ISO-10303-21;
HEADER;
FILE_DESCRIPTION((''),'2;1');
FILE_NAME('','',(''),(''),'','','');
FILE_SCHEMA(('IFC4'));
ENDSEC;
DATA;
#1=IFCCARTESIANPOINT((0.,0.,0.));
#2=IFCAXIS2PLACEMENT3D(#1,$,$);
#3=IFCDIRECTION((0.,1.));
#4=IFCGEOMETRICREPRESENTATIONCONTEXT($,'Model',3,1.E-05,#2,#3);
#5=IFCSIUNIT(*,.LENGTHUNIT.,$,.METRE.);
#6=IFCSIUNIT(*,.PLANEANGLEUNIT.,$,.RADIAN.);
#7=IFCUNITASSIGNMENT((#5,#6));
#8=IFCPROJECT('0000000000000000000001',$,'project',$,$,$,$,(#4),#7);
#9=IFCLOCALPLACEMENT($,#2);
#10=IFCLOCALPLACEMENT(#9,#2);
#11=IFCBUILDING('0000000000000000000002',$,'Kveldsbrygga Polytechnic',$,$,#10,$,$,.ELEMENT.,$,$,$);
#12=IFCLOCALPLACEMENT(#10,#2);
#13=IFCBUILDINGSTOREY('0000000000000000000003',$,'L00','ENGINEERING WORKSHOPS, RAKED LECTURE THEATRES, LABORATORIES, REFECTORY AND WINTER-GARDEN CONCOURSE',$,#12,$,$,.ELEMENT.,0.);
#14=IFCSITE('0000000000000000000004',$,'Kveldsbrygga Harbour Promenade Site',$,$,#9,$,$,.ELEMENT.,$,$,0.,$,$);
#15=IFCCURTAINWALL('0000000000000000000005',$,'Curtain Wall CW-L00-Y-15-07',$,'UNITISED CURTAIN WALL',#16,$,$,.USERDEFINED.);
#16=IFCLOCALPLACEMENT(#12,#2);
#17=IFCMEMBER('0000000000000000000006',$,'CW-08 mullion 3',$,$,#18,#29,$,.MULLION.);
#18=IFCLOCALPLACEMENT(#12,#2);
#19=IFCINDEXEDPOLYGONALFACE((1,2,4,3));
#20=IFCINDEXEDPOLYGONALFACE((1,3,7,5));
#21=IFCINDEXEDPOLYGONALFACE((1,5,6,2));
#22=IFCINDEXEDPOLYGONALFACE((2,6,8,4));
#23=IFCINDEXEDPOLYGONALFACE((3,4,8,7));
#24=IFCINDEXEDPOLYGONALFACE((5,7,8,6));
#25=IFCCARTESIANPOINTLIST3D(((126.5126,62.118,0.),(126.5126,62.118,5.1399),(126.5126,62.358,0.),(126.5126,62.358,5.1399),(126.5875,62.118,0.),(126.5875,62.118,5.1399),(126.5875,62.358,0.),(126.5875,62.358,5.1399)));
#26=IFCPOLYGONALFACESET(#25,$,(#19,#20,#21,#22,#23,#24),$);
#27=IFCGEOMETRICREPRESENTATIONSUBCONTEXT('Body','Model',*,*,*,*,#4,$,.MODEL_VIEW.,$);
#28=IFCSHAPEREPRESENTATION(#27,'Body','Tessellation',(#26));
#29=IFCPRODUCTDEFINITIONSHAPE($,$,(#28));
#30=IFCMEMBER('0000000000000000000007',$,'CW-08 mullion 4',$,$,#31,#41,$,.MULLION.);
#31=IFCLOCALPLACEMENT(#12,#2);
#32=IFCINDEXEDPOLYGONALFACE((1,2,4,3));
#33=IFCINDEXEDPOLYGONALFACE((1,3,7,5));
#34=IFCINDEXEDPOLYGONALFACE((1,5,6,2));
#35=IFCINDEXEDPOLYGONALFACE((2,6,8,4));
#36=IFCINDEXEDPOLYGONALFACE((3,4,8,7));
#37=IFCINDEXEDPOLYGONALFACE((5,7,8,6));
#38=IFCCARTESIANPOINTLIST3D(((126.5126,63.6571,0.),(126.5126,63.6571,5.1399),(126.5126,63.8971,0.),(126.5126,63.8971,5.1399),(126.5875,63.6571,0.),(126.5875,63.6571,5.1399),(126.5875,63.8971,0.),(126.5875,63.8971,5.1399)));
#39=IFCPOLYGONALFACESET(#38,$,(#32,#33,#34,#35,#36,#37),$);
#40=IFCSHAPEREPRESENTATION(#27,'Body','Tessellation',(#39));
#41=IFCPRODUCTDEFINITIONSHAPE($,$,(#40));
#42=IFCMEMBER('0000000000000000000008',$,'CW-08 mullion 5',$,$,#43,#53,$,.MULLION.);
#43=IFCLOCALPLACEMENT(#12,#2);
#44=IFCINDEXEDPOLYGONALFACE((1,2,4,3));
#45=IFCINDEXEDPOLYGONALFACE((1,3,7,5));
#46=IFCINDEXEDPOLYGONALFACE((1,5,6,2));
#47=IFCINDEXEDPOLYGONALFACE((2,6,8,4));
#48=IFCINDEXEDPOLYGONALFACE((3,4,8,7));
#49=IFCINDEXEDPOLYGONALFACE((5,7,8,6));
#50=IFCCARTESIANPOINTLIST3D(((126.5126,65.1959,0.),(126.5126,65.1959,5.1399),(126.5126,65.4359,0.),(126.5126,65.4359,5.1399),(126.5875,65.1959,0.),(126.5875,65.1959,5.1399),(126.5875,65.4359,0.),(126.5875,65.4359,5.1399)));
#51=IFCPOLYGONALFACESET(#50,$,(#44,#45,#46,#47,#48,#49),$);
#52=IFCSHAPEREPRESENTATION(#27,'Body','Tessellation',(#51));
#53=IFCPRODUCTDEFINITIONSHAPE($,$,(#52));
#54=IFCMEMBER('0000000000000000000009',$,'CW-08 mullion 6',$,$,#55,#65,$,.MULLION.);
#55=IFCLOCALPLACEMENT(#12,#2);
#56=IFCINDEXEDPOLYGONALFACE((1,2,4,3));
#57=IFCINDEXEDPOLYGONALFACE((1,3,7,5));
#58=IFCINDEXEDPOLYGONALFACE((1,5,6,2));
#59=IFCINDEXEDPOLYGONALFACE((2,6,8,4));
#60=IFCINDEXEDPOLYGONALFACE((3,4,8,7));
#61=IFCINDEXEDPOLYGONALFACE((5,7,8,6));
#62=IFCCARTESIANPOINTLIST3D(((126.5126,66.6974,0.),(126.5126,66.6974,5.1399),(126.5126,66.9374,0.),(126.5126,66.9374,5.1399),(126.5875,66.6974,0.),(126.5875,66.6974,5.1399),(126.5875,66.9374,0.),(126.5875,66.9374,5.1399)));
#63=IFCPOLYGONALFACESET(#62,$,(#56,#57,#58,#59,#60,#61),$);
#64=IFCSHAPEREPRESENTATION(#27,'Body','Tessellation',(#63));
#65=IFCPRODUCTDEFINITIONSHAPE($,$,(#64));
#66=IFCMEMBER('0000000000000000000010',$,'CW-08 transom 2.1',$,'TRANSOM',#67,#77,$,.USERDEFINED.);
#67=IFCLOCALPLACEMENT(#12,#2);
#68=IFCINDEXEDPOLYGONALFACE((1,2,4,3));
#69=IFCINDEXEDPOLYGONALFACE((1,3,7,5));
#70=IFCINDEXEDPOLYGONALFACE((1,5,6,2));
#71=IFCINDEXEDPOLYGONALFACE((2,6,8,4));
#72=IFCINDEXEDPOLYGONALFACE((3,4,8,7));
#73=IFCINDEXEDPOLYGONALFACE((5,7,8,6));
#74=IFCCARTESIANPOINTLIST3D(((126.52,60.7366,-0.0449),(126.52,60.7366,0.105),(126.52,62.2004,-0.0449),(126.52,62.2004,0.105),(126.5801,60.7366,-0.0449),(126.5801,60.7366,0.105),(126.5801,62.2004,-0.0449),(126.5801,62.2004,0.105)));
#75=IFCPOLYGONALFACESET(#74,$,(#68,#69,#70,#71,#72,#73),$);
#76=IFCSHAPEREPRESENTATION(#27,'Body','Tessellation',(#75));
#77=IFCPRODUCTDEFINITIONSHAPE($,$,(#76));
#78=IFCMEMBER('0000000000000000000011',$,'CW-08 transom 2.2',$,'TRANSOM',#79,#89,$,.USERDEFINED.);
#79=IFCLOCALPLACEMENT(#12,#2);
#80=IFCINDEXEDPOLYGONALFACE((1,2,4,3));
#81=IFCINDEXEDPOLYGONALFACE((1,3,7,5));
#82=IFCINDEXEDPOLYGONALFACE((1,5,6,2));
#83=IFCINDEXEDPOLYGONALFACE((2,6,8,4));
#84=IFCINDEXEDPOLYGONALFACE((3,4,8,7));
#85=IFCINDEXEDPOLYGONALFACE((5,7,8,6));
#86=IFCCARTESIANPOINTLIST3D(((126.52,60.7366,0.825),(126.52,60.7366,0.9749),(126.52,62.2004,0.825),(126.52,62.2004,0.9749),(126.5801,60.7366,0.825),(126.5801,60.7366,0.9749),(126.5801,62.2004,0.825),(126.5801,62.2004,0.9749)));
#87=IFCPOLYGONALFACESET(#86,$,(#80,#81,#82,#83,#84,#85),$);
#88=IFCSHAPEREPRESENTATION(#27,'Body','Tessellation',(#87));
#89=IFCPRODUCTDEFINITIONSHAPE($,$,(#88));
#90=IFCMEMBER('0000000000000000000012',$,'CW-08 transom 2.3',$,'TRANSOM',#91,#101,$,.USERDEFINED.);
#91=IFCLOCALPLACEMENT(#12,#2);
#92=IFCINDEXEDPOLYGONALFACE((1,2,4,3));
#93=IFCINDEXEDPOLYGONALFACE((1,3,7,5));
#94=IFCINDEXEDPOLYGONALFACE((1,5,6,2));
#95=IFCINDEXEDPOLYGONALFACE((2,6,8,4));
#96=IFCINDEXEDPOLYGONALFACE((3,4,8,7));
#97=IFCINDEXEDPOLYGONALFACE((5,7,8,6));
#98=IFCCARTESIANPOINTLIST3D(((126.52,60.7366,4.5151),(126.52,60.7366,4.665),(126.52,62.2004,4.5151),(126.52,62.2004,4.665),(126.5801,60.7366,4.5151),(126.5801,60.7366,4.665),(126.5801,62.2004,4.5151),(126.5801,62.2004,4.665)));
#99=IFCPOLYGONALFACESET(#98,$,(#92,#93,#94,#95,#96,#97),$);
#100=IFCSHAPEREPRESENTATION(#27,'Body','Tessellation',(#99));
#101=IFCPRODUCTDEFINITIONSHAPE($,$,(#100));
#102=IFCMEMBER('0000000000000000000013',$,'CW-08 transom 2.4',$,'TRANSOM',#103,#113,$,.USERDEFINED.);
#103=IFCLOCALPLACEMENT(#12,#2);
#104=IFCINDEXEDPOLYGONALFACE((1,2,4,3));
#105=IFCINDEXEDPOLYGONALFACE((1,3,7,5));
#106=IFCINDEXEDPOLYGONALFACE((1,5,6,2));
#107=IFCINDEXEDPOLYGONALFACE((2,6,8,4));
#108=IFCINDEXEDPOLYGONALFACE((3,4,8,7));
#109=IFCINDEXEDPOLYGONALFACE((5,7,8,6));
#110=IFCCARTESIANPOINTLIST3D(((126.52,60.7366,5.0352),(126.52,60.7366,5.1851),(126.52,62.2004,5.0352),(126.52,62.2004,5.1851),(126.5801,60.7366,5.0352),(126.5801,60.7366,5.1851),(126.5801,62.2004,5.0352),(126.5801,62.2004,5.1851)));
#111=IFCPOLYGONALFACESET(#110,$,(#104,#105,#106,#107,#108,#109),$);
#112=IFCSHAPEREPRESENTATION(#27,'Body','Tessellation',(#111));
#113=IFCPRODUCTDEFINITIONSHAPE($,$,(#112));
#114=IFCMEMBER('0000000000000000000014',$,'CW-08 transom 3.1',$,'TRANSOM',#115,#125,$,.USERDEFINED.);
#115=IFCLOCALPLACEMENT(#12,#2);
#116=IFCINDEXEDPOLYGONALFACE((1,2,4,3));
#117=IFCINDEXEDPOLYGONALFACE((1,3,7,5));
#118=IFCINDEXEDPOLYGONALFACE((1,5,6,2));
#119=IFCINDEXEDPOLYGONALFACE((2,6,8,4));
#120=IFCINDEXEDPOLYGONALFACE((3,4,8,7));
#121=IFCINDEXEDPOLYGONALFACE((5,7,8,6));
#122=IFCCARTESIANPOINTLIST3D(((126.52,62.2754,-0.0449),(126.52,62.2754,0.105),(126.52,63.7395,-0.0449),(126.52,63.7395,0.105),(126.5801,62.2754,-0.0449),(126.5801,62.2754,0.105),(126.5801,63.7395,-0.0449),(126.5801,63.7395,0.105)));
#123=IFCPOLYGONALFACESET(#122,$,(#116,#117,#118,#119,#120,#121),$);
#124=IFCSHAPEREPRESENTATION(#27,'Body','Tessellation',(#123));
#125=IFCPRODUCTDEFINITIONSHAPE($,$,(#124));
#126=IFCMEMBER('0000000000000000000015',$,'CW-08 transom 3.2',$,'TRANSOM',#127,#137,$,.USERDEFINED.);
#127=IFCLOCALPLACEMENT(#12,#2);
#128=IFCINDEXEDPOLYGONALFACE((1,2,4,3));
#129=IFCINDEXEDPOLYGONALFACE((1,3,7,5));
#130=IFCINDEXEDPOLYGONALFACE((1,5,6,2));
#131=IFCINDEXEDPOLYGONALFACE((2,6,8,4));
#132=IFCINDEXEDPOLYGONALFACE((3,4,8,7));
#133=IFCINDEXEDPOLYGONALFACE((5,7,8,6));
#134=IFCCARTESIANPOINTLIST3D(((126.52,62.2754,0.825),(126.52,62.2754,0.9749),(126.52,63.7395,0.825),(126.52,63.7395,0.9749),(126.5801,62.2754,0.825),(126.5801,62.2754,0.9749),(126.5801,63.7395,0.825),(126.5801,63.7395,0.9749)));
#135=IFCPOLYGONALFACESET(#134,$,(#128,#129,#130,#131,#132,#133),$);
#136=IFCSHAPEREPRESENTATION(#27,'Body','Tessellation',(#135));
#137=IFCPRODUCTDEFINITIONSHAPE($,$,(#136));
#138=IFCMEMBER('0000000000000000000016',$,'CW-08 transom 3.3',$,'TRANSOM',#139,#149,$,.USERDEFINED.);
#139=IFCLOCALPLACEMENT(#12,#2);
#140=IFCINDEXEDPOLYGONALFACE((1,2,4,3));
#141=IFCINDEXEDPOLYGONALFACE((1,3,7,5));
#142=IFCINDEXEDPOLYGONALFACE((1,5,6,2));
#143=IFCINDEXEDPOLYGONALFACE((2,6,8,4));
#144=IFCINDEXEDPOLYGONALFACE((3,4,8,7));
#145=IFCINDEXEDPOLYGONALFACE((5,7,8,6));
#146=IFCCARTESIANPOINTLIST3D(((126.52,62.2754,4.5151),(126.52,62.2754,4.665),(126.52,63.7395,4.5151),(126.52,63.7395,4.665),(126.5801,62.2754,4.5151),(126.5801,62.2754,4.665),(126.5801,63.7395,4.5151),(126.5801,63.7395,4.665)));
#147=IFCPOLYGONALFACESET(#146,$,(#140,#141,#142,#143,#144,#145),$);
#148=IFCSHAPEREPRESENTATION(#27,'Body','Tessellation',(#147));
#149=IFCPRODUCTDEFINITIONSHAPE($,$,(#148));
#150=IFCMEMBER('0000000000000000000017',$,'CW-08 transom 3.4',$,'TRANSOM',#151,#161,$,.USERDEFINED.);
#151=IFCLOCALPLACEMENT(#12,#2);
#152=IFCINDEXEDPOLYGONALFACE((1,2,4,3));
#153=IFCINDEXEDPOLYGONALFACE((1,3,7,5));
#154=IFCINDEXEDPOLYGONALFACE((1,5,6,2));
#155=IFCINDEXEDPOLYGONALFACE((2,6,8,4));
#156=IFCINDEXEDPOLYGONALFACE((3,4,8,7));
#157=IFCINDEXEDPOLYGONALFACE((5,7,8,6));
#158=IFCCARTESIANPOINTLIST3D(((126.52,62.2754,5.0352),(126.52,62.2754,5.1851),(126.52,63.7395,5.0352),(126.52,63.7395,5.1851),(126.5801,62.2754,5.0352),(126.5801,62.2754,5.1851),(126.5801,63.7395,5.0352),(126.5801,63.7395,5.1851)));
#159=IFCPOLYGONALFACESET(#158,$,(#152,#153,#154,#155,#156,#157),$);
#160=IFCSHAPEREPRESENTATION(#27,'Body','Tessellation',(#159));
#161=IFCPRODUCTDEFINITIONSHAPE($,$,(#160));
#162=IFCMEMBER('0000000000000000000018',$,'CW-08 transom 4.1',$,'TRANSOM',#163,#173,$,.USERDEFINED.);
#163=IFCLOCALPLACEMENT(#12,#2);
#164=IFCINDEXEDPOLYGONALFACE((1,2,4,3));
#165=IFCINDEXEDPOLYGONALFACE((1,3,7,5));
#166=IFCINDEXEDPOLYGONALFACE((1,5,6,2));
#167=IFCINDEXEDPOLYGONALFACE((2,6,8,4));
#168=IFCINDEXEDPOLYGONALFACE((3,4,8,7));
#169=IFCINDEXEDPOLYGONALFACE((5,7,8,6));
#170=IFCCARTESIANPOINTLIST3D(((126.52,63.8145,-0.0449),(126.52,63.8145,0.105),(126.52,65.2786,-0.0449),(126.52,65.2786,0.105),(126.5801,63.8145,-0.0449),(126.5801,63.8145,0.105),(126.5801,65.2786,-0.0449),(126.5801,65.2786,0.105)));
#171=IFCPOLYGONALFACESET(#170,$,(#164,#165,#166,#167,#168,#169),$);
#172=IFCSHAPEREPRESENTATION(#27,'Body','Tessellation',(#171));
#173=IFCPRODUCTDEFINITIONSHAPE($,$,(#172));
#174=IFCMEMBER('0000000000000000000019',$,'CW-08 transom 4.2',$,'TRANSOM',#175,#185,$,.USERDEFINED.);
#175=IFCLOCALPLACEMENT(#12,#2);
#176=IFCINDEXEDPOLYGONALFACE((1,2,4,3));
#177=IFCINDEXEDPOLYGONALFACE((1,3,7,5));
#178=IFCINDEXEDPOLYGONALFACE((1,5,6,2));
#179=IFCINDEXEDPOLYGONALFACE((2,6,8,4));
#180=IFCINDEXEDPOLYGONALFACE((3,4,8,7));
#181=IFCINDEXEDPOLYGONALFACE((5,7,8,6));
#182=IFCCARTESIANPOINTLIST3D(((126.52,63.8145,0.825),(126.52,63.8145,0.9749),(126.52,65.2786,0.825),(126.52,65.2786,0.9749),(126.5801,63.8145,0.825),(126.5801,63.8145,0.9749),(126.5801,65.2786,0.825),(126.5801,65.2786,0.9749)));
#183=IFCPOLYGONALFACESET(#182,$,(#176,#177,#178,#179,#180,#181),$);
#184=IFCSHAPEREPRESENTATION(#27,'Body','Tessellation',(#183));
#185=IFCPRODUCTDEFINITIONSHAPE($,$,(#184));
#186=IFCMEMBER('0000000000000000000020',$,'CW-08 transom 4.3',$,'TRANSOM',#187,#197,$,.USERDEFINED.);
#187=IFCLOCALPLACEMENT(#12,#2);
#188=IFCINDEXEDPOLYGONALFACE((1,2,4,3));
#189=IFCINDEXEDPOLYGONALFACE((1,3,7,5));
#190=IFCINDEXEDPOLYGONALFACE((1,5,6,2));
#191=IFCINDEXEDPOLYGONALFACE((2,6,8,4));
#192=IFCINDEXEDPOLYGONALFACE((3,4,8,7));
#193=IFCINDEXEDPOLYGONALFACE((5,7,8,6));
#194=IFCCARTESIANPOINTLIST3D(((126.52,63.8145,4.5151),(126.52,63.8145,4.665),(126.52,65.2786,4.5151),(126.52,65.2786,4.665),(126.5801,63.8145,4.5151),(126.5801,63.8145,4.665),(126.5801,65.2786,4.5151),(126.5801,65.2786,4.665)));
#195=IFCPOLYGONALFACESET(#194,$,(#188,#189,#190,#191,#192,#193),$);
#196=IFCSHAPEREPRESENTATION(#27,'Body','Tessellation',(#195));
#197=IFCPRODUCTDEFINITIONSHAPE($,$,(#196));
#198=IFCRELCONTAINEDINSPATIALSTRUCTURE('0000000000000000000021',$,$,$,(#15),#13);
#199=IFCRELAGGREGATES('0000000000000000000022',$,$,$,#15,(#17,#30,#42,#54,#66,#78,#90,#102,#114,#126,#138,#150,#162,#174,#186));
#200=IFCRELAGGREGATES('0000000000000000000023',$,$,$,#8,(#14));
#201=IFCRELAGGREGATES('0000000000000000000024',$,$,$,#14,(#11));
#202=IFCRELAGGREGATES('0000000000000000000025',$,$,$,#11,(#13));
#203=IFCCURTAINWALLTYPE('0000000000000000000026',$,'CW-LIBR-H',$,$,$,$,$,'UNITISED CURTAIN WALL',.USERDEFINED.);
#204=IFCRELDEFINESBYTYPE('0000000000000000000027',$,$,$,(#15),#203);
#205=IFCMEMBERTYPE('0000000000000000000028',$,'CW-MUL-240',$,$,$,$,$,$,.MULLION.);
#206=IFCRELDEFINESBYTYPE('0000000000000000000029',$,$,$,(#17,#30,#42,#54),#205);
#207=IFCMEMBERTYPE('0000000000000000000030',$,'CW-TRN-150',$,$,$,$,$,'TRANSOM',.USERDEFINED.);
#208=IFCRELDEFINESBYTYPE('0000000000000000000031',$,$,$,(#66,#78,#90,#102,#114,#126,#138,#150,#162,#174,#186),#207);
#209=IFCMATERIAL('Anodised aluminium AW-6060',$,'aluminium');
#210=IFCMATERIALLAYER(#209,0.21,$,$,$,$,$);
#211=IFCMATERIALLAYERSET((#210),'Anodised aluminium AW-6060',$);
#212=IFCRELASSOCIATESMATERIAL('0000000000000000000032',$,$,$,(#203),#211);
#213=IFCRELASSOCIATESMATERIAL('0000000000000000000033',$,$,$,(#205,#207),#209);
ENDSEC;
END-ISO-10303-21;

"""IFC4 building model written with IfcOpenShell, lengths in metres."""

from ifc_helpers import new_model, si_unit, direction, frame, origin, origin_2d, place, context, subcontext, project, spatial, rectangle, extrude, material, layer, layer_set, material_profile, profile_set, type_object, element, aggregate, save


model = new_model("IFC4")

# Units and contexts
model_context = context("Model", 3, precision=1e-05, world=origin(), true_north=direction((0.0, 1.0)))
body_context = subcontext(model_context, "Body", "Model", "MODEL_VIEW")
ifc_project = project(units=[si_unit("LENGTHUNIT", "METRE"), si_unit("PLANEANGLEUNIT", "RADIAN")], contexts=[model_context])

# Site, building, storey
site_placement = place(None, origin())
site = spatial("IfcSite", under=ifc_project, at=site_placement, Name="Kveldsbrygga Harbour Promenade Site", CompositionType="ELEMENT", RefElevation=0.0)
building_placement = place(site_placement, origin())
building = spatial("IfcBuilding", under=site, at=building_placement, Name="Kveldsbrygga Polytechnic", CompositionType="ELEMENT")
storey_placement = place(building_placement, origin())
storey = spatial("IfcBuildingStorey", under=building, at=storey_placement, Name="L00", Description="ENGINEERING WORKSHOPS, RAKED LECTURE THEATRES, LABORATORIES, REFECTORY AND WINTER-GARDEN CONCOURSE", CompositionType="ELEMENT", Elevation=0.0)

# Curtain wall, members
ifc_material_1 = material(Name="Anodised aluminium AW-6060", Category="aluminium")
ifc_layer_1 = layer(ifc_material_1, 0.21)
ifc_layer_set_1 = layer_set([ifc_layer_1], Name="Anodised aluminium AW-6060")
curtain_wall_type = type_object("IfcCurtainWallType", Name="CW-LIBR-H", ElementType="UNITISED CURTAIN WALL", PredefinedType="USERDEFINED", material=ifc_layer_set_1)
curtain_wall_placement = place(storey_placement, origin())
curtain_wall = element("IfcCurtainWall", 1, at=curtain_wall_placement, inside=storey, type_object=curtain_wall_type, Name="Curtain Wall CW-L00-Y-15-07", ObjectType="UNITISED CURTAIN WALL", PredefinedType="USERDEFINED")
ifc_material_profile_1 = material_profile(ifc_material_1, rectangle(XDim=0.075, YDim=0.24, at=origin_2d()), Name="ALU 75x240")
ifc_profile_set_1 = profile_set([ifc_material_profile_1], Name="Anodised aluminium AW-6060")
member_type_1 = type_object("IfcMemberType", Name="CW-MUL-240", PredefinedType="MULLION", material=ifc_profile_set_1)
member_1_placement = place(storey_placement, frame((126.55, 62.238, 0.0), z_axis=(0.0, 0.0, 1.0), x_axis=(-1.0, 0.0, 0.0)))
member_1 = element("IfcMember", 2, at=member_1_placement, type_object=member_type_1, Name="CW-08 mullion 3", PredefinedType="MULLION", context=body_context, shape_type="SweptSolid", body=[
    extrude(rectangle(XDim=0.075, YDim=0.24, at=origin_2d()), origin(), (0.0, 0.0, 1.0), 5.1399),
])
member_2_placement = place(storey_placement, frame((126.55, 63.7771, 0.0), z_axis=(0.0, 0.0, 1.0), x_axis=(-1.0, 0.0, 0.0)))
member_2 = element("IfcMember", 3, at=member_2_placement, type_object=member_type_1, Name="CW-08 mullion 4", PredefinedType="MULLION", context=body_context, shape_type="SweptSolid", body=[
    extrude(rectangle(XDim=0.075, YDim=0.24, at=origin_2d()), origin(), (0.0, 0.0, 1.0), 5.1399),
])
member_3_placement = place(storey_placement, frame((126.55, 65.3159, 0.0), z_axis=(0.0, 0.0, 1.0), x_axis=(-1.0, 0.0, 0.0)))
member_3 = element("IfcMember", 4, at=member_3_placement, type_object=member_type_1, Name="CW-08 mullion 5", PredefinedType="MULLION", context=body_context, shape_type="SweptSolid", body=[
    extrude(rectangle(XDim=0.075, YDim=0.24, at=origin_2d()), origin(), (0.0, 0.0, 1.0), 5.1399),
])
member_4_placement = place(storey_placement, frame((126.55, 66.8174, 0.0), z_axis=(0.0, 0.0, 1.0), x_axis=(-1.0, 0.0, 0.0)))
member_4 = element("IfcMember", 5, at=member_4_placement, type_object=member_type_1, Name="CW-08 mullion 6", PredefinedType="MULLION", context=body_context, shape_type="SweptSolid", body=[
    extrude(rectangle(XDim=0.075, YDim=0.24, at=origin_2d()), origin(), (0.0, 0.0, 1.0), 5.1399),
])
ifc_material_profile_2 = material_profile(ifc_material_1, rectangle(XDim=0.0601, YDim=0.1499, at=origin_2d()), Name="ALU 60x150")
ifc_profile_set_2 = profile_set([ifc_material_profile_2], Name="Anodised aluminium AW-6060")
member_type_2 = type_object("IfcMemberType", Name="CW-TRN-150", ElementType="TRANSOM", PredefinedType="USERDEFINED", material=ifc_profile_set_2)
member_5_placement = place(storey_placement, frame((126.55, 60.7366, 0.03), z_axis=(0.0, 1.0, 0.0), x_axis=(-1.0, 0.0, 0.0)))
member_5 = element("IfcMember", 6, at=member_5_placement, type_object=member_type_2, Name="CW-08 transom 2.1", ObjectType="TRANSOM", PredefinedType="USERDEFINED", context=body_context, shape_type="SweptSolid", body=[
    extrude(rectangle(XDim=0.0601, YDim=0.1499, at=origin_2d()), origin(), (0.0, 0.0, 1.0), 1.4639),
])
member_6_placement = place(storey_placement, frame((126.55, 60.7366, 0.8999), z_axis=(0.0, 1.0, 0.0), x_axis=(-1.0, 0.0, 0.0)))
member_6 = element("IfcMember", 7, at=member_6_placement, type_object=member_type_2, Name="CW-08 transom 2.2", ObjectType="TRANSOM", PredefinedType="USERDEFINED", context=body_context, shape_type="SweptSolid", body=[
    extrude(rectangle(XDim=0.0601, YDim=0.1499, at=origin_2d()), origin(), (0.0, 0.0, 1.0), 1.4639),
])
member_7_placement = place(storey_placement, frame((126.55, 60.7366, 4.5901), z_axis=(0.0, 1.0, 0.0), x_axis=(-1.0, 0.0, 0.0)))
member_7 = element("IfcMember", 8, at=member_7_placement, type_object=member_type_2, Name="CW-08 transom 2.3", ObjectType="TRANSOM", PredefinedType="USERDEFINED", context=body_context, shape_type="SweptSolid", body=[
    extrude(rectangle(XDim=0.0601, YDim=0.1499, at=origin_2d()), origin(), (0.0, 0.0, 1.0), 1.4639),
])
member_8_placement = place(storey_placement, frame((126.55, 60.7366, 5.1101), z_axis=(0.0, 1.0, 0.0), x_axis=(-1.0, 0.0, 0.0)))
member_8 = element("IfcMember", 9, at=member_8_placement, type_object=member_type_2, Name="CW-08 transom 2.4", ObjectType="TRANSOM", PredefinedType="USERDEFINED", context=body_context, shape_type="SweptSolid", body=[
    extrude(rectangle(XDim=0.0601, YDim=0.1499, at=origin_2d()), origin(), (0.0, 0.0, 1.0), 1.4639),
])
member_9_placement = place(storey_placement, frame((126.55, 62.2754, 0.03), z_axis=(0.0, 1.0, 0.0), x_axis=(-1.0, 0.0, 0.0)))
member_9 = element("IfcMember", 10, at=member_9_placement, type_object=member_type_2, Name="CW-08 transom 3.1", ObjectType="TRANSOM", PredefinedType="USERDEFINED", context=body_context, shape_type="SweptSolid", body=[
    extrude(rectangle(XDim=0.0601, YDim=0.1499, at=origin_2d()), origin(), (0.0, 0.0, 1.0), 1.4641),
])
member_10_placement = place(storey_placement, frame((126.55, 62.2754, 0.8999), z_axis=(0.0, 1.0, 0.0), x_axis=(-1.0, 0.0, 0.0)))
member_10 = element("IfcMember", 11, at=member_10_placement, type_object=member_type_2, Name="CW-08 transom 3.2", ObjectType="TRANSOM", PredefinedType="USERDEFINED", context=body_context, shape_type="SweptSolid", body=[
    extrude(rectangle(XDim=0.0601, YDim=0.1499, at=origin_2d()), origin(), (0.0, 0.0, 1.0), 1.4641),
])
member_11_placement = place(storey_placement, frame((126.55, 62.2754, 4.5901), z_axis=(0.0, 1.0, 0.0), x_axis=(-1.0, 0.0, 0.0)))
member_11 = element("IfcMember", 12, at=member_11_placement, type_object=member_type_2, Name="CW-08 transom 3.3", ObjectType="TRANSOM", PredefinedType="USERDEFINED", context=body_context, shape_type="SweptSolid", body=[
    extrude(rectangle(XDim=0.0601, YDim=0.1499, at=origin_2d()), origin(), (0.0, 0.0, 1.0), 1.4641),
])
member_12_placement = place(storey_placement, frame((126.55, 62.2754, 5.1101), z_axis=(0.0, 1.0, 0.0), x_axis=(-1.0, 0.0, 0.0)))
member_12 = element("IfcMember", 13, at=member_12_placement, type_object=member_type_2, Name="CW-08 transom 3.4", ObjectType="TRANSOM", PredefinedType="USERDEFINED", context=body_context, shape_type="SweptSolid", body=[
    extrude(rectangle(XDim=0.0601, YDim=0.1499, at=origin_2d()), origin(), (0.0, 0.0, 1.0), 1.4641),
])
member_13_placement = place(storey_placement, frame((126.55, 63.8145, 0.03), z_axis=(0.0, 1.0, 0.0), x_axis=(-1.0, 0.0, 0.0)))
member_13 = element("IfcMember", 14, at=member_13_placement, type_object=member_type_2, Name="CW-08 transom 4.1", ObjectType="TRANSOM", PredefinedType="USERDEFINED", context=body_context, shape_type="SweptSolid", body=[
    extrude(rectangle(XDim=0.0601, YDim=0.1499, at=origin_2d()), origin(), (0.0, 0.0, 1.0), 1.4641),
])
member_14_placement = place(storey_placement, frame((126.55, 63.8145, 0.8999), z_axis=(0.0, 1.0, 0.0), x_axis=(-1.0, 0.0, 0.0)))
member_14 = element("IfcMember", 15, at=member_14_placement, type_object=member_type_2, Name="CW-08 transom 4.2", ObjectType="TRANSOM", PredefinedType="USERDEFINED", context=body_context, shape_type="SweptSolid", body=[
    extrude(rectangle(XDim=0.0601, YDim=0.1499, at=origin_2d()), origin(), (0.0, 0.0, 1.0), 1.4641),
])
member_15_placement = place(storey_placement, frame((126.55, 63.8145, 4.5901), z_axis=(0.0, 1.0, 0.0), x_axis=(-1.0, 0.0, 0.0)))
member_15 = element("IfcMember", 16, at=member_15_placement, type_object=member_type_2, Name="CW-08 transom 4.3", ObjectType="TRANSOM", PredefinedType="USERDEFINED", context=body_context, shape_type="SweptSolid", body=[
    extrude(rectangle(XDim=0.0601, YDim=0.1499, at=origin_2d()), origin(), (0.0, 0.0, 1.0), 1.4641),
])
aggregate(curtain_wall, [member_1, member_2, member_3, member_4, member_5, member_6, member_7, member_8, member_9, member_10, member_11, member_12, member_13, member_14, member_15])

save(model, "model.ifc")
